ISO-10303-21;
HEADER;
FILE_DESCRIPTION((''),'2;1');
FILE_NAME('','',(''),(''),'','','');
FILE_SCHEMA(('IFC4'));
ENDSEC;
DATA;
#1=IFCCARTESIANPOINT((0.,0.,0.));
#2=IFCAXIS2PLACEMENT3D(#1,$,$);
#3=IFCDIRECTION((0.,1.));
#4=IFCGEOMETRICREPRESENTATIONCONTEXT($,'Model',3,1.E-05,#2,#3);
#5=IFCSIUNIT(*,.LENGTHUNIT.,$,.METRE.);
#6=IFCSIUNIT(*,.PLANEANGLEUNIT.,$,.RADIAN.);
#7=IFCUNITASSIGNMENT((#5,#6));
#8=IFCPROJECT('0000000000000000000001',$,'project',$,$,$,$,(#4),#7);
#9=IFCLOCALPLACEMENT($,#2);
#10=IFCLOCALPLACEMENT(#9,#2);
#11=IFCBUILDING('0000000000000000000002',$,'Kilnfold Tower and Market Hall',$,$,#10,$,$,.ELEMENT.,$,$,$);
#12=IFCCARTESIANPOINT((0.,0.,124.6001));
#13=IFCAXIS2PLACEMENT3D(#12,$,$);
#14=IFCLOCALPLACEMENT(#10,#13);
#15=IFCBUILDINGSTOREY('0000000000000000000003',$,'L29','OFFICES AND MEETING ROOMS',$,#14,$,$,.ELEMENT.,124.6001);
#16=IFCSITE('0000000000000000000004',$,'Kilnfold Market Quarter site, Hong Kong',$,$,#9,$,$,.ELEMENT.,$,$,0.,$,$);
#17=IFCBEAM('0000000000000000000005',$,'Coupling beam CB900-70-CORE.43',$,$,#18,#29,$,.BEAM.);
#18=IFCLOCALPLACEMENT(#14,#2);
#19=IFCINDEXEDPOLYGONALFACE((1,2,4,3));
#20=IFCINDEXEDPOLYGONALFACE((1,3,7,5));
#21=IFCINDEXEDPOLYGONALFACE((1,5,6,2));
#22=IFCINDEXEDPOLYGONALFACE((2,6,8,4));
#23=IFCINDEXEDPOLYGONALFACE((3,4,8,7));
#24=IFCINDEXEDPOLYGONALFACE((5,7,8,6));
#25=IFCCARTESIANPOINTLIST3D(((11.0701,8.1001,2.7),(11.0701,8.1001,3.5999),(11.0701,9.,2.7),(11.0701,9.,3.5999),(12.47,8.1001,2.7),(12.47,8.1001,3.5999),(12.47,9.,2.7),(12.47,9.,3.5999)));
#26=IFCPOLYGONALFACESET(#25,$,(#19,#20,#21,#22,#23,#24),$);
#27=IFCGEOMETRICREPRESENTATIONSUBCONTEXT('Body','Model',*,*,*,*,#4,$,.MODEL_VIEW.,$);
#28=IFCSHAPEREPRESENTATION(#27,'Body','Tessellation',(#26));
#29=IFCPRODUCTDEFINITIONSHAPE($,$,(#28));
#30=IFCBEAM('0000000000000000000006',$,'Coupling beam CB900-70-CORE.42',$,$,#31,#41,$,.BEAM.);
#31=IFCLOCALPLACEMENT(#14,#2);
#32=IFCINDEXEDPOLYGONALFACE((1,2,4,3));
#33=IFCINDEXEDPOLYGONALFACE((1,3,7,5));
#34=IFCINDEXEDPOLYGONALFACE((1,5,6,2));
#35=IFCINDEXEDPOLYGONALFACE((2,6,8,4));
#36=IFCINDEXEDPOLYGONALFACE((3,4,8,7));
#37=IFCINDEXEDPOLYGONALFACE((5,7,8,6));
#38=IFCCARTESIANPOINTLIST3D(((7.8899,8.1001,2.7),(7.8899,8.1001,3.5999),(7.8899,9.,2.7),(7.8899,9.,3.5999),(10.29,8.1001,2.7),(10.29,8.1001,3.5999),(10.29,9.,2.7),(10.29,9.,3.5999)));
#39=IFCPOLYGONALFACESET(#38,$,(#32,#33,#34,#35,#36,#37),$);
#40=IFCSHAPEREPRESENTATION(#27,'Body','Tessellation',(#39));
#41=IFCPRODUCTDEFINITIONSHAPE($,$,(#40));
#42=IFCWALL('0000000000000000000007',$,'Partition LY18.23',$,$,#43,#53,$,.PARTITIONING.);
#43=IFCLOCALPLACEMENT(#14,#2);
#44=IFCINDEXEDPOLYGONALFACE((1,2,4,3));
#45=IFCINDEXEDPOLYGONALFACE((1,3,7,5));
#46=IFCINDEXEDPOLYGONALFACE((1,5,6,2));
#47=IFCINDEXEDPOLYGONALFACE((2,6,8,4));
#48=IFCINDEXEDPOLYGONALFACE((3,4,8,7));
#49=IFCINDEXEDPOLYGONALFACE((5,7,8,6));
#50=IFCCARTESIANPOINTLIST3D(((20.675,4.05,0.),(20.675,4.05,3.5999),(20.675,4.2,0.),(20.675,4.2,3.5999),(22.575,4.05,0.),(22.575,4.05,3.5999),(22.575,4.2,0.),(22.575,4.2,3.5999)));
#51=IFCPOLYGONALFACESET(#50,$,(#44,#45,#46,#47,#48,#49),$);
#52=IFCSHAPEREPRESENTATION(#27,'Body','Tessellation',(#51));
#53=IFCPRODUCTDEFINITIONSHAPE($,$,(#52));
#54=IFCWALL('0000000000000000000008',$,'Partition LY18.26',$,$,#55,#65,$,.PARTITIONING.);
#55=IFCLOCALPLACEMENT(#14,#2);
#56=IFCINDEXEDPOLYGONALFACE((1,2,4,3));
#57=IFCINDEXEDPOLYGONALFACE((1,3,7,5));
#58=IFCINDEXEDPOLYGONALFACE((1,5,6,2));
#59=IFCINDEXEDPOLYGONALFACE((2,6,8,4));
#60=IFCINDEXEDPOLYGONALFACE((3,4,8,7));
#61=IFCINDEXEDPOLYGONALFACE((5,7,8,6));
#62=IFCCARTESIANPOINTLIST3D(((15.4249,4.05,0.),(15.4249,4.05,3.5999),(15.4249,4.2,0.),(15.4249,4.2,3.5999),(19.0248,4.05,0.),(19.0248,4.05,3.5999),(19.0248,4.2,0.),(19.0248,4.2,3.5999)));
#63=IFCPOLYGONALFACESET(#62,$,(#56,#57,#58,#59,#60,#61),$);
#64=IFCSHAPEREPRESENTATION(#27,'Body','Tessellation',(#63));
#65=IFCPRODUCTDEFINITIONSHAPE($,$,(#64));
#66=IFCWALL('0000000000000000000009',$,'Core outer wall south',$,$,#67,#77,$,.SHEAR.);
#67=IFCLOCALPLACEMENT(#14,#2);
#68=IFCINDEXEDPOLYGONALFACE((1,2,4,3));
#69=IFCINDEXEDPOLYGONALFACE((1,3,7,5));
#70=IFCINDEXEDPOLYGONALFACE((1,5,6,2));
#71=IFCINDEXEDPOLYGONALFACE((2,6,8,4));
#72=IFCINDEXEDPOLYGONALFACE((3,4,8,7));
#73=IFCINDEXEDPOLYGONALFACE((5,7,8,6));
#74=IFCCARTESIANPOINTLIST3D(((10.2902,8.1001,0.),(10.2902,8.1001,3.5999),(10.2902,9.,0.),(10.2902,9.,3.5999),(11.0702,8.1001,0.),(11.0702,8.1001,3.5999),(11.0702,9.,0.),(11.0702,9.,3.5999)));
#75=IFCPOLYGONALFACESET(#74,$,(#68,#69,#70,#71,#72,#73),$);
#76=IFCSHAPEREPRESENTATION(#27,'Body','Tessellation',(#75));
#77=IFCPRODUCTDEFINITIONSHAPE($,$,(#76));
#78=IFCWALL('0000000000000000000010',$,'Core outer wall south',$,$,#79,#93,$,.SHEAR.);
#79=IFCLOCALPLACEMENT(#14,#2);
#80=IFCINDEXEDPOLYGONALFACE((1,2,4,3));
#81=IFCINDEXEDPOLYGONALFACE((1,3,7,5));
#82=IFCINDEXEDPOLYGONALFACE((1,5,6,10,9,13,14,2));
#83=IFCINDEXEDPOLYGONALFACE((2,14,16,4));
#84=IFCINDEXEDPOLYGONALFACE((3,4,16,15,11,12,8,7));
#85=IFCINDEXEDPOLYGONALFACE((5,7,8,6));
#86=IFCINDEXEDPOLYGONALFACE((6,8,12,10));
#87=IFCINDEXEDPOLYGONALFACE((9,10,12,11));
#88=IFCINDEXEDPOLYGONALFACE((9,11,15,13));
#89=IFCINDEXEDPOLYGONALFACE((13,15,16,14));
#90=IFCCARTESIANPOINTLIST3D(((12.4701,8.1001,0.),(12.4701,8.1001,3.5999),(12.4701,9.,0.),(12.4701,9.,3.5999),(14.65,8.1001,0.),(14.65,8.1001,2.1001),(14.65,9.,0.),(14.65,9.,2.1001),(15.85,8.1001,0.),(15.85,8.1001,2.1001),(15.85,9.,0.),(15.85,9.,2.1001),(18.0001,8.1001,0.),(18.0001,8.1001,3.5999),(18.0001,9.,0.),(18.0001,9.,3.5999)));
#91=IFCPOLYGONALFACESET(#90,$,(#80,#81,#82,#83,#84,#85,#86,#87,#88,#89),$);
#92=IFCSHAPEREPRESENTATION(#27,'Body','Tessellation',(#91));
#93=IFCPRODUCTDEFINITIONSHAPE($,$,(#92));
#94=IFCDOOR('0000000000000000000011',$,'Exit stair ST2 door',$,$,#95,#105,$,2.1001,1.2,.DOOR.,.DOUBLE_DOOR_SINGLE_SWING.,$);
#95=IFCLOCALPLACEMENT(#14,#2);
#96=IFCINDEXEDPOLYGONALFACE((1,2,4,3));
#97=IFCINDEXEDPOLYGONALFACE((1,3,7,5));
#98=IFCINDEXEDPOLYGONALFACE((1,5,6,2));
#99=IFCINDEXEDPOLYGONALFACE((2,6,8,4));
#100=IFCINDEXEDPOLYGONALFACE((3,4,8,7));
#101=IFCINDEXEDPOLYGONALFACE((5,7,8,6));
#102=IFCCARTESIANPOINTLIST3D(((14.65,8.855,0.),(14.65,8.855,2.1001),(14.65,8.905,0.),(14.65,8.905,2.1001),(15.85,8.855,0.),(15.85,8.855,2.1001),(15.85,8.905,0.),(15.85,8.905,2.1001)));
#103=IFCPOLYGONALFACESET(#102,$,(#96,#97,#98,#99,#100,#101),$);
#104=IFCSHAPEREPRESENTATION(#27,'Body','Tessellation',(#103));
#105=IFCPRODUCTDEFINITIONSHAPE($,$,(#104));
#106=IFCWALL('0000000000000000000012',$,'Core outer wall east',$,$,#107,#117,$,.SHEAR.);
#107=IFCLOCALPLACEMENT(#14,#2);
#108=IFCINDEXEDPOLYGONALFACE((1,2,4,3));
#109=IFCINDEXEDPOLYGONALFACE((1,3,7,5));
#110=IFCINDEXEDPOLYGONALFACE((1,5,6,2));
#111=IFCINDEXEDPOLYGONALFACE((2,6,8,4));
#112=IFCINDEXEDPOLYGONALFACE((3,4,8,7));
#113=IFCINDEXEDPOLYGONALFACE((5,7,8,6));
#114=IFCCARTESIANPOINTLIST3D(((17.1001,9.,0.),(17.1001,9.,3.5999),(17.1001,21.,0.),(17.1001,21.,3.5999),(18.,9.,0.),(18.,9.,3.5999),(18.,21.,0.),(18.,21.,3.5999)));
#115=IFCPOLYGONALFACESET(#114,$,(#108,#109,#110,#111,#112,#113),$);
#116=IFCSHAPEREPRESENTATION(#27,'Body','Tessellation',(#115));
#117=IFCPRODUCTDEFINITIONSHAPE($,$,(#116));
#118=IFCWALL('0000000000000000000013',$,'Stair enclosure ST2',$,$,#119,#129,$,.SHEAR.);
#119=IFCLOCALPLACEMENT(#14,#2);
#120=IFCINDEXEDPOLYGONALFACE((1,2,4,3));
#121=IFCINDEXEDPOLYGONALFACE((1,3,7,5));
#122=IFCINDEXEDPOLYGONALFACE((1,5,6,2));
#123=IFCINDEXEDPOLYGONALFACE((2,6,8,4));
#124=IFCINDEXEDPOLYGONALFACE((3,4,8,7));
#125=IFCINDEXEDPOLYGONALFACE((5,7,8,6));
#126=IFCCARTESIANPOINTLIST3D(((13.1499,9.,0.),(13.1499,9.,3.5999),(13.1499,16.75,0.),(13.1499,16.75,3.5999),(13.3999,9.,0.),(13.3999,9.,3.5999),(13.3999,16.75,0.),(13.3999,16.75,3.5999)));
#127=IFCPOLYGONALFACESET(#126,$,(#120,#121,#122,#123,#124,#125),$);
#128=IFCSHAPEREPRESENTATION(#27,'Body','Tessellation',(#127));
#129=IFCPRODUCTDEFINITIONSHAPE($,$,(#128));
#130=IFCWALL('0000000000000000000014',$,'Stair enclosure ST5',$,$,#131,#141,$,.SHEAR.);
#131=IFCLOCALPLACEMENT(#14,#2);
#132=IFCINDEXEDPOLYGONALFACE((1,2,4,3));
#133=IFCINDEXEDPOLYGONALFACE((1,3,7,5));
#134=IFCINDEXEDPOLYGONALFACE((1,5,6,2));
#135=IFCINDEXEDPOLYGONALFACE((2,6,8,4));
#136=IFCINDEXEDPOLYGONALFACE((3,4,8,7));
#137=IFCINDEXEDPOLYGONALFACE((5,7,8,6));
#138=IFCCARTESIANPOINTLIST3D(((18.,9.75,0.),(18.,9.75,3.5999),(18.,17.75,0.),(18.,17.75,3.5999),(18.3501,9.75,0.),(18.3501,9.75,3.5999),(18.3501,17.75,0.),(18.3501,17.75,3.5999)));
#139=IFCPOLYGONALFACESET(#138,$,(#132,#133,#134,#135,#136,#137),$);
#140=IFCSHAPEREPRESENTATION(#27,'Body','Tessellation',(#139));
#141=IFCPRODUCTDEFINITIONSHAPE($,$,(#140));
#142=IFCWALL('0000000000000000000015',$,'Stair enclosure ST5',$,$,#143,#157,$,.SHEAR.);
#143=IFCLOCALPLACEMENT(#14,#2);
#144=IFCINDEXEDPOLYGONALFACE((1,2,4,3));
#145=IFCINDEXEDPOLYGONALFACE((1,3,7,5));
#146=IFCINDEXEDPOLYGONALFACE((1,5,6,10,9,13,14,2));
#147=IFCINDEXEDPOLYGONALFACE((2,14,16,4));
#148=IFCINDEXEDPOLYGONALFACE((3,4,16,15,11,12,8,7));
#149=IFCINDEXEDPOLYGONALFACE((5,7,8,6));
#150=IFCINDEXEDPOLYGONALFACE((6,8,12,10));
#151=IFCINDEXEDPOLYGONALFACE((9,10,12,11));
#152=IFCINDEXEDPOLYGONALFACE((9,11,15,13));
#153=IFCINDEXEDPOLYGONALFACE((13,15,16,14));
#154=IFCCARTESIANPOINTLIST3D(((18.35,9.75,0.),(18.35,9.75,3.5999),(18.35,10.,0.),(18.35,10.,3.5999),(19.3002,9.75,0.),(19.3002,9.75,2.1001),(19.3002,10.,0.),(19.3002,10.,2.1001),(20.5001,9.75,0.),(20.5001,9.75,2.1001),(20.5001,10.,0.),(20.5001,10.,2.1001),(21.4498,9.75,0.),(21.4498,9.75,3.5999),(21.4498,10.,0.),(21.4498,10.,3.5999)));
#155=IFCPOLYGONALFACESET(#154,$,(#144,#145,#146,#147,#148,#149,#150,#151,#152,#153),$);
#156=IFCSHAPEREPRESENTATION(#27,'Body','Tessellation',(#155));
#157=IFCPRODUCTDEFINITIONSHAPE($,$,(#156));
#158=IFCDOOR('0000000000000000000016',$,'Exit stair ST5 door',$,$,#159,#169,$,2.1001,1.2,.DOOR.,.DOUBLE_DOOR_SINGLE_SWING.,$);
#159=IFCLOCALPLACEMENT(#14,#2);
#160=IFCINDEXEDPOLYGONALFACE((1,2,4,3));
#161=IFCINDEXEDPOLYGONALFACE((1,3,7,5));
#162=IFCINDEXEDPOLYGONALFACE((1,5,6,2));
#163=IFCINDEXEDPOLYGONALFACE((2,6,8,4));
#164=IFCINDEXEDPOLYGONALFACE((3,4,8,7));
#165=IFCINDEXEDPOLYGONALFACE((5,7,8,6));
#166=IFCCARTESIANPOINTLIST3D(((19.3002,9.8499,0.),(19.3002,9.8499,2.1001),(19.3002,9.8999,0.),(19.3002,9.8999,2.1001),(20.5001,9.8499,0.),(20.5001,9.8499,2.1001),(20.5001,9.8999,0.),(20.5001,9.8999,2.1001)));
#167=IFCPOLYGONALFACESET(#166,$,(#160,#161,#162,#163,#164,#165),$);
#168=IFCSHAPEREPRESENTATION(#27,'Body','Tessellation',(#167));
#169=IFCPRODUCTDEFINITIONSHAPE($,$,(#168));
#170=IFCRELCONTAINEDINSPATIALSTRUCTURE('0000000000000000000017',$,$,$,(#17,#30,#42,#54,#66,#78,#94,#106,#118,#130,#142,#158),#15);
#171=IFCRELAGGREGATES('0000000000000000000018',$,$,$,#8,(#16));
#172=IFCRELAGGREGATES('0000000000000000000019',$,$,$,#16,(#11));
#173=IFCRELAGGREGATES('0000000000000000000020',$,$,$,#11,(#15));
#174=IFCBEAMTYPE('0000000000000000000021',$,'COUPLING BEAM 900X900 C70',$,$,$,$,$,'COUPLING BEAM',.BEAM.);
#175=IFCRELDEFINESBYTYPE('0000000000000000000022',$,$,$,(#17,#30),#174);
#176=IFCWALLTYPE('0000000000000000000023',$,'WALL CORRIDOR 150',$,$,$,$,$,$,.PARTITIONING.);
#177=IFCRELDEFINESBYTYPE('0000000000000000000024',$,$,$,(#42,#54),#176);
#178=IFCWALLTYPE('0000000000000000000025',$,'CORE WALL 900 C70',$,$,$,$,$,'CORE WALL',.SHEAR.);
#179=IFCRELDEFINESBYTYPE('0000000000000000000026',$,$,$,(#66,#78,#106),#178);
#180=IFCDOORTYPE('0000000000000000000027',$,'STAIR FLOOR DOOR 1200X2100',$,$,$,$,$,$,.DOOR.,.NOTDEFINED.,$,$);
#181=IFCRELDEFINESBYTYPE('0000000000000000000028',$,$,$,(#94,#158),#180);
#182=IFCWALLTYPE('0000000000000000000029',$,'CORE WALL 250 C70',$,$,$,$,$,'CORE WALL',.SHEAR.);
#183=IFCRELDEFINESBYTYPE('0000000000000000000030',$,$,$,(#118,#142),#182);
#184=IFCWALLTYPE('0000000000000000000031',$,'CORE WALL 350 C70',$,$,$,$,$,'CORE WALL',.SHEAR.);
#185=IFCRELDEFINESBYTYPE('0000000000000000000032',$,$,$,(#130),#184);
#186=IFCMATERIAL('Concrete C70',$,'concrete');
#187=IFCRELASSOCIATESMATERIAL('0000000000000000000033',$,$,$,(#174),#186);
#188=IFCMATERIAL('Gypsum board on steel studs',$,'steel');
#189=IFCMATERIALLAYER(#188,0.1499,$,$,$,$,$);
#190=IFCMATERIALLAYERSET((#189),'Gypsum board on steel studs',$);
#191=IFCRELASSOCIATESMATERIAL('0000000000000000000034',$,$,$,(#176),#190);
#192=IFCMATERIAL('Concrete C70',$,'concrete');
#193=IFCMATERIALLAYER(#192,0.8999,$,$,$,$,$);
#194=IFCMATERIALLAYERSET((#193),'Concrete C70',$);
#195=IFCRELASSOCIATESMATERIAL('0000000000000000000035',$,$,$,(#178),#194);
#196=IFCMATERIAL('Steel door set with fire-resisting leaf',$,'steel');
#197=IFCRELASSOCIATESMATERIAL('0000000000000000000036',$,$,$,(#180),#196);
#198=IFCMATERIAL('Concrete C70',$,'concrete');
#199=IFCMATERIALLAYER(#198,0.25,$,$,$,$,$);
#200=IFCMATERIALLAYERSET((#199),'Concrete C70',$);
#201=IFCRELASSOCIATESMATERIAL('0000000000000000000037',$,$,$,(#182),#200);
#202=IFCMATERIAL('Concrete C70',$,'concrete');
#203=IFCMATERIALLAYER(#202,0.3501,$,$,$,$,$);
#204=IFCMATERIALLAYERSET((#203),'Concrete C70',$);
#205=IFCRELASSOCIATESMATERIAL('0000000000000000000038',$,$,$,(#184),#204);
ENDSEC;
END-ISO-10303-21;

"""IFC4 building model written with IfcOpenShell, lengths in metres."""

from ifc_helpers import new_model, si_unit, direction, frame, frame_2d, origin, origin_2d, place, context, subcontext, project, spatial, rectangle, extrude, source, transform, mapped, material, layer, layer_set, material_profile, profile_set, type_object, element, fill, save


model = new_model("IFC4")

# Units and contexts
model_context = context("Model", 3, precision=1e-05, world=origin(), true_north=direction((0.0, 1.0)))
body_context = subcontext(model_context, "Body", "Model", "MODEL_VIEW")
ifc_project = project(units=[si_unit("LENGTHUNIT", "METRE"), si_unit("PLANEANGLEUNIT", "RADIAN")], contexts=[model_context])

# Site, building, storey
site_placement = place(None, origin())
site = spatial("IfcSite", under=ifc_project, at=site_placement, Name="Kilnfold Market Quarter site, Hong Kong", CompositionType="ELEMENT", RefElevation=0.0)
building_placement = place(site_placement, origin())
building = spatial("IfcBuilding", under=site, at=building_placement, Name="Kilnfold Tower and Market Hall", CompositionType="ELEMENT")
storey_placement = place(building_placement, frame((0.0, 0.0, 124.6001)))
storey = spatial("IfcBuildingStorey", under=building, at=storey_placement, Name="L29", Description="OFFICES AND MEETING ROOMS", CompositionType="ELEMENT", Elevation=124.6001)

# Beams
ifc_material_1 = material(Name="Concrete C70", Category="concrete")
ifc_material_profile = material_profile(ifc_material_1, rectangle(XDim=0.8999, YDim=0.8999, at=origin_2d()), Name="RC 900x900")
ifc_profile_set = profile_set([ifc_material_profile], Name="Concrete C70")
beam_type = type_object("IfcBeamType", Name="COUPLING BEAM 900X900 C70", ElementType="COUPLING BEAM", PredefinedType="BEAM", material=ifc_profile_set)
shared_shape_1 = source(origin(), body_context, "Body", "SweptSolid", [
    extrude(rectangle(XDim=0.8999, YDim=0.8999, at=origin_2d()), origin(), (0.0, 0.0, 1.0), 1.3999),
])
beam_1_placement = place(storey_placement, frame((11.0701, 8.55, 3.1499), z_axis=(1.0, 0.0, 0.0), x_axis=(0.0, 1.0, 0.0)))
element("IfcBeam", 1, at=beam_1_placement, inside=storey, type_object=beam_type, Name="Coupling beam CB900-70-CORE.43", PredefinedType="BEAM", context=body_context, shape_type="MappedRepresentation", body=[
    mapped(shared_shape_1, transform((0.0, 0.0, 0.0))),
])
shared_shape_2 = source(origin(), body_context, "Body", "SweptSolid", [
    extrude(rectangle(XDim=0.8999, YDim=0.8999, at=origin_2d()), origin(), (0.0, 0.0, 1.0), 2.4001),
])
beam_2_placement = place(storey_placement, frame((7.8899, 8.55, 3.1499), z_axis=(1.0, 0.0, 0.0), x_axis=(0.0, 1.0, 0.0)))
element("IfcBeam", 2, at=beam_2_placement, inside=storey, type_object=beam_type, Name="Coupling beam CB900-70-CORE.42", PredefinedType="BEAM", context=body_context, shape_type="MappedRepresentation", body=[
    mapped(shared_shape_2, transform((0.0, 0.0, 0.0))),
])

# Walls
ifc_material_2 = material(Name="Gypsum board on steel studs", Category="steel")
ifc_layer_1 = layer(ifc_material_2, 0.1499)
ifc_layer_set_1 = layer_set([ifc_layer_1], Name="Gypsum board on steel studs")
wall_type_1 = type_object("IfcWallType", Name="WALL CORRIDOR 150", PredefinedType="PARTITIONING", material=ifc_layer_set_1)
wall_1_placement = place(storey_placement, frame((20.675, 4.125, 0.0), z_axis=(0.0, 0.0, 1.0), x_axis=(1.0, 0.0, 0.0)))
element("IfcWall", 3, at=wall_1_placement, inside=storey, type_object=wall_type_1, Name="Partition LY18.23", PredefinedType="PARTITIONING", context=body_context, shape_type="SweptSolid", body=[
    extrude(rectangle(XDim=1.8999, YDim=0.1499, at=frame_2d((0.95, 0.0))), origin(), (0.0, 0.0, 1.0), 3.5999),
])
wall_2_placement = place(storey_placement, frame((15.425, 4.125, 0.0), z_axis=(0.0, 0.0, 1.0), x_axis=(1.0, 0.0, 0.0)))
element("IfcWall", 4, at=wall_2_placement, inside=storey, type_object=wall_type_1, Name="Partition LY18.26", PredefinedType="PARTITIONING", context=body_context, shape_type="SweptSolid", body=[
    extrude(rectangle(XDim=3.5999, YDim=0.1499, at=frame_2d((1.7998, 0.0))), origin(), (0.0, 0.0, 1.0), 3.5999),
])
ifc_material_3 = material(Name="Concrete C70", Category="concrete")
ifc_layer_2 = layer(ifc_material_3, 0.8999)
ifc_layer_set_2 = layer_set([ifc_layer_2], Name="Concrete C70")
wall_type_2 = type_object("IfcWallType", Name="CORE WALL 900 C70", ElementType="CORE WALL", PredefinedType="SHEAR", material=ifc_layer_set_2)
shared_shape_3 = source(origin(), body_context, "Body", "SweptSolid", [
    extrude(rectangle(XDim=0.78, YDim=0.8999, at=frame_2d((0.3901, 0.0))), origin(), (0.0, 0.0, 1.0), 3.5999),
])
wall_3_placement = place(storey_placement, frame((10.29, 8.55, 0.0), z_axis=(0.0, 0.0, 1.0), x_axis=(1.0, 0.0, 0.0)))
element("IfcWall", 5, at=wall_3_placement, inside=storey, type_object=wall_type_2, Name="Core outer wall south", PredefinedType="SHEAR", context=body_context, shape_type="MappedRepresentation", body=[
    mapped(shared_shape_3, transform((0.0, 0.0, 0.0))),
])

# Wall, opening, door
shared_shape_4 = source(origin(), body_context, "Body", "SweptSolid", [
    extrude(rectangle(XDim=5.53, YDim=0.8999, at=frame_2d((2.7651, 0.0))), origin(), (0.0, 0.0, 1.0), 3.5999),
])
wall_4_placement = place(storey_placement, frame((12.47, 8.55, 0.0), z_axis=(0.0, 0.0, 1.0), x_axis=(1.0, 0.0, 0.0)))
wall_4 = element("IfcWall", 6, at=wall_4_placement, inside=storey, type_object=wall_type_2, Name="Core outer wall south", PredefinedType="SHEAR", context=body_context, shape_type="MappedRepresentation", body=[
    mapped(shared_shape_4, transform((0.0, 0.0, 0.0))),
])
opening_1_placement = place(wall_4_placement, frame((2.1799, 0.0, 0.0)))
opening_1 = element("IfcOpeningElement", 7, at=opening_1_placement, cuts=wall_4, PredefinedType="OPENING", context=body_context, shape_type="SweptSolid", body=[
    extrude(rectangle(XDim=1.2, YDim=2.1001, at=frame_2d((0.6001, 1.05))), frame((0.0, 0.46, 0.0), z_axis=(0.0, -1.0, 0.0), x_axis=(1.0, 0.0, 0.0)), (0.0, 0.0, 1.0), 0.9199),
])
ifc_material_4 = material(Name="Steel door set with fire-resisting leaf", Category="steel")
door_type_1 = type_object("IfcDoorType", Name="STAIR FLOOR DOOR 1200X2100", OperationType="NOTDEFINED", PredefinedType="DOOR", material=ifc_material_4)
door_1_placement = place(opening_1_placement, origin())
door_1 = element("IfcDoor", 8, at=door_1_placement, inside=storey, type_object=door_type_1, Name="Exit stair ST2 door", OperationType="DOUBLE_DOOR_SINGLE_SWING", OverallHeight=2.1001, OverallWidth=1.2, PredefinedType="DOOR", context=body_context, shape_type="SweptSolid", body=[
    extrude(rectangle(XDim=1.2, YDim=2.1001, at=frame_2d((0.6001, 1.05))), frame((0.0, 0.355, 0.0), z_axis=(0.0, -1.0, 0.0), x_axis=(1.0, 0.0, 0.0)), (0.0, 0.0, 1.0), 0.05),
])
fill(opening_1, door_1)

# Walls
shared_shape_5 = source(origin(), body_context, "Body", "SweptSolid", [
    extrude(rectangle(XDim=12.0, YDim=0.8999, at=frame_2d((6.0, 0.0))), origin(), (0.0, 0.0, 1.0), 3.5999),
])
wall_5_placement = place(storey_placement, frame((17.55, 9.0, 0.0), z_axis=(0.0, 0.0, 1.0), x_axis=(0.0, 1.0, 0.0)))
element("IfcWall", 9, at=wall_5_placement, inside=storey, type_object=wall_type_2, Name="Core outer wall east", PredefinedType="SHEAR", context=body_context, shape_type="MappedRepresentation", body=[
    mapped(shared_shape_5, transform((0.0, 0.0, 0.0))),
])
ifc_material_5 = material(Name="Concrete C70", Category="concrete")
ifc_layer_3 = layer(ifc_material_5, 0.25)
ifc_layer_set_3 = layer_set([ifc_layer_3], Name="Concrete C70")
wall_type_3 = type_object("IfcWallType", Name="CORE WALL 250 C70", ElementType="CORE WALL", PredefinedType="SHEAR", material=ifc_layer_set_3)
shared_shape_6 = source(origin(), body_context, "Body", "SweptSolid", [
    extrude(rectangle(XDim=7.75, YDim=0.25, at=frame_2d((3.875, 0.0))), origin(), (0.0, 0.0, 1.0), 3.5999),
])
wall_6_placement = place(storey_placement, frame((13.2749, 9.0, 0.0), z_axis=(0.0, 0.0, 1.0), x_axis=(0.0, 1.0, 0.0)))
element("IfcWall", 10, at=wall_6_placement, inside=storey, type_object=wall_type_3, Name="Stair enclosure ST2", PredefinedType="SHEAR", context=body_context, shape_type="MappedRepresentation", body=[
    mapped(shared_shape_6, transform((0.0, 0.0, 0.0))),
])
ifc_material_6 = material(Name="Concrete C70", Category="concrete")
ifc_layer_4 = layer(ifc_material_6, 0.3501)
ifc_layer_set_4 = layer_set([ifc_layer_4], Name="Concrete C70")
wall_type_4 = type_object("IfcWallType", Name="CORE WALL 350 C70", ElementType="CORE WALL", PredefinedType="SHEAR", material=ifc_layer_set_4)
shared_shape_7 = source(origin(), body_context, "Body", "SweptSolid", [
    extrude(rectangle(XDim=8.0, YDim=0.3501, at=frame_2d((4.0, 0.0))), origin(), (0.0, 0.0, 1.0), 3.5999),
])
wall_7_placement = place(storey_placement, frame((18.175, 9.75, 0.0), z_axis=(0.0, 0.0, 1.0), x_axis=(0.0, 1.0, 0.0)))
element("IfcWall", 11, at=wall_7_placement, inside=storey, type_object=wall_type_4, Name="Stair enclosure ST5", PredefinedType="SHEAR", context=body_context, shape_type="MappedRepresentation", body=[
    mapped(shared_shape_7, transform((0.0, 0.0, 0.0))),
])

# Wall, opening, door
shared_shape_8 = source(origin(), body_context, "Body", "SweptSolid", [
    extrude(rectangle(XDim=3.0999, YDim=0.25, at=frame_2d((1.5498, 0.0))), origin(), (0.0, 0.0, 1.0), 3.5999),
])
wall_8_placement = place(storey_placement, frame((18.3501, 9.875, 0.0), z_axis=(0.0, 0.0, 1.0), x_axis=(1.0, 0.0, 0.0)))
wall_8 = element("IfcWall", 12, at=wall_8_placement, inside=storey, type_object=wall_type_3, Name="Stair enclosure ST5", PredefinedType="SHEAR", context=body_context, shape_type="MappedRepresentation", body=[
    mapped(shared_shape_8, transform((0.0, 0.0, 0.0))),
])
opening_2_placement = place(wall_8_placement, frame((0.95, 0.0, 0.0)))
opening_2 = element("IfcOpeningElement", 13, at=opening_2_placement, cuts=wall_8, PredefinedType="OPENING", context=body_context, shape_type="SweptSolid", body=[
    extrude(rectangle(XDim=1.2, YDim=2.1001, at=frame_2d((0.6001, 1.05))), frame((0.0, 0.135, 0.0), z_axis=(0.0, -1.0, 0.0), x_axis=(1.0, 0.0, 0.0)), (0.0, 0.0, 1.0), 0.27),
])
door_2_placement = place(opening_2_placement, origin())
door_2 = element("IfcDoor", 14, at=door_2_placement, inside=storey, type_object=door_type_1, Name="Exit stair ST5 door", OperationType="DOUBLE_DOOR_SINGLE_SWING", OverallHeight=2.1001, OverallWidth=1.2, PredefinedType="DOOR", context=body_context, shape_type="SweptSolid", body=[
    extrude(rectangle(XDim=1.2, YDim=2.1001, at=frame_2d((0.6001, 1.05))), frame((0.0, 0.0249, 0.0), z_axis=(0.0, -1.0, 0.0), x_axis=(1.0, 0.0, 0.0)), (0.0, 0.0, 1.0), 0.05),
])
fill(opening_2, door_2)

save(model, "model.ifc")
